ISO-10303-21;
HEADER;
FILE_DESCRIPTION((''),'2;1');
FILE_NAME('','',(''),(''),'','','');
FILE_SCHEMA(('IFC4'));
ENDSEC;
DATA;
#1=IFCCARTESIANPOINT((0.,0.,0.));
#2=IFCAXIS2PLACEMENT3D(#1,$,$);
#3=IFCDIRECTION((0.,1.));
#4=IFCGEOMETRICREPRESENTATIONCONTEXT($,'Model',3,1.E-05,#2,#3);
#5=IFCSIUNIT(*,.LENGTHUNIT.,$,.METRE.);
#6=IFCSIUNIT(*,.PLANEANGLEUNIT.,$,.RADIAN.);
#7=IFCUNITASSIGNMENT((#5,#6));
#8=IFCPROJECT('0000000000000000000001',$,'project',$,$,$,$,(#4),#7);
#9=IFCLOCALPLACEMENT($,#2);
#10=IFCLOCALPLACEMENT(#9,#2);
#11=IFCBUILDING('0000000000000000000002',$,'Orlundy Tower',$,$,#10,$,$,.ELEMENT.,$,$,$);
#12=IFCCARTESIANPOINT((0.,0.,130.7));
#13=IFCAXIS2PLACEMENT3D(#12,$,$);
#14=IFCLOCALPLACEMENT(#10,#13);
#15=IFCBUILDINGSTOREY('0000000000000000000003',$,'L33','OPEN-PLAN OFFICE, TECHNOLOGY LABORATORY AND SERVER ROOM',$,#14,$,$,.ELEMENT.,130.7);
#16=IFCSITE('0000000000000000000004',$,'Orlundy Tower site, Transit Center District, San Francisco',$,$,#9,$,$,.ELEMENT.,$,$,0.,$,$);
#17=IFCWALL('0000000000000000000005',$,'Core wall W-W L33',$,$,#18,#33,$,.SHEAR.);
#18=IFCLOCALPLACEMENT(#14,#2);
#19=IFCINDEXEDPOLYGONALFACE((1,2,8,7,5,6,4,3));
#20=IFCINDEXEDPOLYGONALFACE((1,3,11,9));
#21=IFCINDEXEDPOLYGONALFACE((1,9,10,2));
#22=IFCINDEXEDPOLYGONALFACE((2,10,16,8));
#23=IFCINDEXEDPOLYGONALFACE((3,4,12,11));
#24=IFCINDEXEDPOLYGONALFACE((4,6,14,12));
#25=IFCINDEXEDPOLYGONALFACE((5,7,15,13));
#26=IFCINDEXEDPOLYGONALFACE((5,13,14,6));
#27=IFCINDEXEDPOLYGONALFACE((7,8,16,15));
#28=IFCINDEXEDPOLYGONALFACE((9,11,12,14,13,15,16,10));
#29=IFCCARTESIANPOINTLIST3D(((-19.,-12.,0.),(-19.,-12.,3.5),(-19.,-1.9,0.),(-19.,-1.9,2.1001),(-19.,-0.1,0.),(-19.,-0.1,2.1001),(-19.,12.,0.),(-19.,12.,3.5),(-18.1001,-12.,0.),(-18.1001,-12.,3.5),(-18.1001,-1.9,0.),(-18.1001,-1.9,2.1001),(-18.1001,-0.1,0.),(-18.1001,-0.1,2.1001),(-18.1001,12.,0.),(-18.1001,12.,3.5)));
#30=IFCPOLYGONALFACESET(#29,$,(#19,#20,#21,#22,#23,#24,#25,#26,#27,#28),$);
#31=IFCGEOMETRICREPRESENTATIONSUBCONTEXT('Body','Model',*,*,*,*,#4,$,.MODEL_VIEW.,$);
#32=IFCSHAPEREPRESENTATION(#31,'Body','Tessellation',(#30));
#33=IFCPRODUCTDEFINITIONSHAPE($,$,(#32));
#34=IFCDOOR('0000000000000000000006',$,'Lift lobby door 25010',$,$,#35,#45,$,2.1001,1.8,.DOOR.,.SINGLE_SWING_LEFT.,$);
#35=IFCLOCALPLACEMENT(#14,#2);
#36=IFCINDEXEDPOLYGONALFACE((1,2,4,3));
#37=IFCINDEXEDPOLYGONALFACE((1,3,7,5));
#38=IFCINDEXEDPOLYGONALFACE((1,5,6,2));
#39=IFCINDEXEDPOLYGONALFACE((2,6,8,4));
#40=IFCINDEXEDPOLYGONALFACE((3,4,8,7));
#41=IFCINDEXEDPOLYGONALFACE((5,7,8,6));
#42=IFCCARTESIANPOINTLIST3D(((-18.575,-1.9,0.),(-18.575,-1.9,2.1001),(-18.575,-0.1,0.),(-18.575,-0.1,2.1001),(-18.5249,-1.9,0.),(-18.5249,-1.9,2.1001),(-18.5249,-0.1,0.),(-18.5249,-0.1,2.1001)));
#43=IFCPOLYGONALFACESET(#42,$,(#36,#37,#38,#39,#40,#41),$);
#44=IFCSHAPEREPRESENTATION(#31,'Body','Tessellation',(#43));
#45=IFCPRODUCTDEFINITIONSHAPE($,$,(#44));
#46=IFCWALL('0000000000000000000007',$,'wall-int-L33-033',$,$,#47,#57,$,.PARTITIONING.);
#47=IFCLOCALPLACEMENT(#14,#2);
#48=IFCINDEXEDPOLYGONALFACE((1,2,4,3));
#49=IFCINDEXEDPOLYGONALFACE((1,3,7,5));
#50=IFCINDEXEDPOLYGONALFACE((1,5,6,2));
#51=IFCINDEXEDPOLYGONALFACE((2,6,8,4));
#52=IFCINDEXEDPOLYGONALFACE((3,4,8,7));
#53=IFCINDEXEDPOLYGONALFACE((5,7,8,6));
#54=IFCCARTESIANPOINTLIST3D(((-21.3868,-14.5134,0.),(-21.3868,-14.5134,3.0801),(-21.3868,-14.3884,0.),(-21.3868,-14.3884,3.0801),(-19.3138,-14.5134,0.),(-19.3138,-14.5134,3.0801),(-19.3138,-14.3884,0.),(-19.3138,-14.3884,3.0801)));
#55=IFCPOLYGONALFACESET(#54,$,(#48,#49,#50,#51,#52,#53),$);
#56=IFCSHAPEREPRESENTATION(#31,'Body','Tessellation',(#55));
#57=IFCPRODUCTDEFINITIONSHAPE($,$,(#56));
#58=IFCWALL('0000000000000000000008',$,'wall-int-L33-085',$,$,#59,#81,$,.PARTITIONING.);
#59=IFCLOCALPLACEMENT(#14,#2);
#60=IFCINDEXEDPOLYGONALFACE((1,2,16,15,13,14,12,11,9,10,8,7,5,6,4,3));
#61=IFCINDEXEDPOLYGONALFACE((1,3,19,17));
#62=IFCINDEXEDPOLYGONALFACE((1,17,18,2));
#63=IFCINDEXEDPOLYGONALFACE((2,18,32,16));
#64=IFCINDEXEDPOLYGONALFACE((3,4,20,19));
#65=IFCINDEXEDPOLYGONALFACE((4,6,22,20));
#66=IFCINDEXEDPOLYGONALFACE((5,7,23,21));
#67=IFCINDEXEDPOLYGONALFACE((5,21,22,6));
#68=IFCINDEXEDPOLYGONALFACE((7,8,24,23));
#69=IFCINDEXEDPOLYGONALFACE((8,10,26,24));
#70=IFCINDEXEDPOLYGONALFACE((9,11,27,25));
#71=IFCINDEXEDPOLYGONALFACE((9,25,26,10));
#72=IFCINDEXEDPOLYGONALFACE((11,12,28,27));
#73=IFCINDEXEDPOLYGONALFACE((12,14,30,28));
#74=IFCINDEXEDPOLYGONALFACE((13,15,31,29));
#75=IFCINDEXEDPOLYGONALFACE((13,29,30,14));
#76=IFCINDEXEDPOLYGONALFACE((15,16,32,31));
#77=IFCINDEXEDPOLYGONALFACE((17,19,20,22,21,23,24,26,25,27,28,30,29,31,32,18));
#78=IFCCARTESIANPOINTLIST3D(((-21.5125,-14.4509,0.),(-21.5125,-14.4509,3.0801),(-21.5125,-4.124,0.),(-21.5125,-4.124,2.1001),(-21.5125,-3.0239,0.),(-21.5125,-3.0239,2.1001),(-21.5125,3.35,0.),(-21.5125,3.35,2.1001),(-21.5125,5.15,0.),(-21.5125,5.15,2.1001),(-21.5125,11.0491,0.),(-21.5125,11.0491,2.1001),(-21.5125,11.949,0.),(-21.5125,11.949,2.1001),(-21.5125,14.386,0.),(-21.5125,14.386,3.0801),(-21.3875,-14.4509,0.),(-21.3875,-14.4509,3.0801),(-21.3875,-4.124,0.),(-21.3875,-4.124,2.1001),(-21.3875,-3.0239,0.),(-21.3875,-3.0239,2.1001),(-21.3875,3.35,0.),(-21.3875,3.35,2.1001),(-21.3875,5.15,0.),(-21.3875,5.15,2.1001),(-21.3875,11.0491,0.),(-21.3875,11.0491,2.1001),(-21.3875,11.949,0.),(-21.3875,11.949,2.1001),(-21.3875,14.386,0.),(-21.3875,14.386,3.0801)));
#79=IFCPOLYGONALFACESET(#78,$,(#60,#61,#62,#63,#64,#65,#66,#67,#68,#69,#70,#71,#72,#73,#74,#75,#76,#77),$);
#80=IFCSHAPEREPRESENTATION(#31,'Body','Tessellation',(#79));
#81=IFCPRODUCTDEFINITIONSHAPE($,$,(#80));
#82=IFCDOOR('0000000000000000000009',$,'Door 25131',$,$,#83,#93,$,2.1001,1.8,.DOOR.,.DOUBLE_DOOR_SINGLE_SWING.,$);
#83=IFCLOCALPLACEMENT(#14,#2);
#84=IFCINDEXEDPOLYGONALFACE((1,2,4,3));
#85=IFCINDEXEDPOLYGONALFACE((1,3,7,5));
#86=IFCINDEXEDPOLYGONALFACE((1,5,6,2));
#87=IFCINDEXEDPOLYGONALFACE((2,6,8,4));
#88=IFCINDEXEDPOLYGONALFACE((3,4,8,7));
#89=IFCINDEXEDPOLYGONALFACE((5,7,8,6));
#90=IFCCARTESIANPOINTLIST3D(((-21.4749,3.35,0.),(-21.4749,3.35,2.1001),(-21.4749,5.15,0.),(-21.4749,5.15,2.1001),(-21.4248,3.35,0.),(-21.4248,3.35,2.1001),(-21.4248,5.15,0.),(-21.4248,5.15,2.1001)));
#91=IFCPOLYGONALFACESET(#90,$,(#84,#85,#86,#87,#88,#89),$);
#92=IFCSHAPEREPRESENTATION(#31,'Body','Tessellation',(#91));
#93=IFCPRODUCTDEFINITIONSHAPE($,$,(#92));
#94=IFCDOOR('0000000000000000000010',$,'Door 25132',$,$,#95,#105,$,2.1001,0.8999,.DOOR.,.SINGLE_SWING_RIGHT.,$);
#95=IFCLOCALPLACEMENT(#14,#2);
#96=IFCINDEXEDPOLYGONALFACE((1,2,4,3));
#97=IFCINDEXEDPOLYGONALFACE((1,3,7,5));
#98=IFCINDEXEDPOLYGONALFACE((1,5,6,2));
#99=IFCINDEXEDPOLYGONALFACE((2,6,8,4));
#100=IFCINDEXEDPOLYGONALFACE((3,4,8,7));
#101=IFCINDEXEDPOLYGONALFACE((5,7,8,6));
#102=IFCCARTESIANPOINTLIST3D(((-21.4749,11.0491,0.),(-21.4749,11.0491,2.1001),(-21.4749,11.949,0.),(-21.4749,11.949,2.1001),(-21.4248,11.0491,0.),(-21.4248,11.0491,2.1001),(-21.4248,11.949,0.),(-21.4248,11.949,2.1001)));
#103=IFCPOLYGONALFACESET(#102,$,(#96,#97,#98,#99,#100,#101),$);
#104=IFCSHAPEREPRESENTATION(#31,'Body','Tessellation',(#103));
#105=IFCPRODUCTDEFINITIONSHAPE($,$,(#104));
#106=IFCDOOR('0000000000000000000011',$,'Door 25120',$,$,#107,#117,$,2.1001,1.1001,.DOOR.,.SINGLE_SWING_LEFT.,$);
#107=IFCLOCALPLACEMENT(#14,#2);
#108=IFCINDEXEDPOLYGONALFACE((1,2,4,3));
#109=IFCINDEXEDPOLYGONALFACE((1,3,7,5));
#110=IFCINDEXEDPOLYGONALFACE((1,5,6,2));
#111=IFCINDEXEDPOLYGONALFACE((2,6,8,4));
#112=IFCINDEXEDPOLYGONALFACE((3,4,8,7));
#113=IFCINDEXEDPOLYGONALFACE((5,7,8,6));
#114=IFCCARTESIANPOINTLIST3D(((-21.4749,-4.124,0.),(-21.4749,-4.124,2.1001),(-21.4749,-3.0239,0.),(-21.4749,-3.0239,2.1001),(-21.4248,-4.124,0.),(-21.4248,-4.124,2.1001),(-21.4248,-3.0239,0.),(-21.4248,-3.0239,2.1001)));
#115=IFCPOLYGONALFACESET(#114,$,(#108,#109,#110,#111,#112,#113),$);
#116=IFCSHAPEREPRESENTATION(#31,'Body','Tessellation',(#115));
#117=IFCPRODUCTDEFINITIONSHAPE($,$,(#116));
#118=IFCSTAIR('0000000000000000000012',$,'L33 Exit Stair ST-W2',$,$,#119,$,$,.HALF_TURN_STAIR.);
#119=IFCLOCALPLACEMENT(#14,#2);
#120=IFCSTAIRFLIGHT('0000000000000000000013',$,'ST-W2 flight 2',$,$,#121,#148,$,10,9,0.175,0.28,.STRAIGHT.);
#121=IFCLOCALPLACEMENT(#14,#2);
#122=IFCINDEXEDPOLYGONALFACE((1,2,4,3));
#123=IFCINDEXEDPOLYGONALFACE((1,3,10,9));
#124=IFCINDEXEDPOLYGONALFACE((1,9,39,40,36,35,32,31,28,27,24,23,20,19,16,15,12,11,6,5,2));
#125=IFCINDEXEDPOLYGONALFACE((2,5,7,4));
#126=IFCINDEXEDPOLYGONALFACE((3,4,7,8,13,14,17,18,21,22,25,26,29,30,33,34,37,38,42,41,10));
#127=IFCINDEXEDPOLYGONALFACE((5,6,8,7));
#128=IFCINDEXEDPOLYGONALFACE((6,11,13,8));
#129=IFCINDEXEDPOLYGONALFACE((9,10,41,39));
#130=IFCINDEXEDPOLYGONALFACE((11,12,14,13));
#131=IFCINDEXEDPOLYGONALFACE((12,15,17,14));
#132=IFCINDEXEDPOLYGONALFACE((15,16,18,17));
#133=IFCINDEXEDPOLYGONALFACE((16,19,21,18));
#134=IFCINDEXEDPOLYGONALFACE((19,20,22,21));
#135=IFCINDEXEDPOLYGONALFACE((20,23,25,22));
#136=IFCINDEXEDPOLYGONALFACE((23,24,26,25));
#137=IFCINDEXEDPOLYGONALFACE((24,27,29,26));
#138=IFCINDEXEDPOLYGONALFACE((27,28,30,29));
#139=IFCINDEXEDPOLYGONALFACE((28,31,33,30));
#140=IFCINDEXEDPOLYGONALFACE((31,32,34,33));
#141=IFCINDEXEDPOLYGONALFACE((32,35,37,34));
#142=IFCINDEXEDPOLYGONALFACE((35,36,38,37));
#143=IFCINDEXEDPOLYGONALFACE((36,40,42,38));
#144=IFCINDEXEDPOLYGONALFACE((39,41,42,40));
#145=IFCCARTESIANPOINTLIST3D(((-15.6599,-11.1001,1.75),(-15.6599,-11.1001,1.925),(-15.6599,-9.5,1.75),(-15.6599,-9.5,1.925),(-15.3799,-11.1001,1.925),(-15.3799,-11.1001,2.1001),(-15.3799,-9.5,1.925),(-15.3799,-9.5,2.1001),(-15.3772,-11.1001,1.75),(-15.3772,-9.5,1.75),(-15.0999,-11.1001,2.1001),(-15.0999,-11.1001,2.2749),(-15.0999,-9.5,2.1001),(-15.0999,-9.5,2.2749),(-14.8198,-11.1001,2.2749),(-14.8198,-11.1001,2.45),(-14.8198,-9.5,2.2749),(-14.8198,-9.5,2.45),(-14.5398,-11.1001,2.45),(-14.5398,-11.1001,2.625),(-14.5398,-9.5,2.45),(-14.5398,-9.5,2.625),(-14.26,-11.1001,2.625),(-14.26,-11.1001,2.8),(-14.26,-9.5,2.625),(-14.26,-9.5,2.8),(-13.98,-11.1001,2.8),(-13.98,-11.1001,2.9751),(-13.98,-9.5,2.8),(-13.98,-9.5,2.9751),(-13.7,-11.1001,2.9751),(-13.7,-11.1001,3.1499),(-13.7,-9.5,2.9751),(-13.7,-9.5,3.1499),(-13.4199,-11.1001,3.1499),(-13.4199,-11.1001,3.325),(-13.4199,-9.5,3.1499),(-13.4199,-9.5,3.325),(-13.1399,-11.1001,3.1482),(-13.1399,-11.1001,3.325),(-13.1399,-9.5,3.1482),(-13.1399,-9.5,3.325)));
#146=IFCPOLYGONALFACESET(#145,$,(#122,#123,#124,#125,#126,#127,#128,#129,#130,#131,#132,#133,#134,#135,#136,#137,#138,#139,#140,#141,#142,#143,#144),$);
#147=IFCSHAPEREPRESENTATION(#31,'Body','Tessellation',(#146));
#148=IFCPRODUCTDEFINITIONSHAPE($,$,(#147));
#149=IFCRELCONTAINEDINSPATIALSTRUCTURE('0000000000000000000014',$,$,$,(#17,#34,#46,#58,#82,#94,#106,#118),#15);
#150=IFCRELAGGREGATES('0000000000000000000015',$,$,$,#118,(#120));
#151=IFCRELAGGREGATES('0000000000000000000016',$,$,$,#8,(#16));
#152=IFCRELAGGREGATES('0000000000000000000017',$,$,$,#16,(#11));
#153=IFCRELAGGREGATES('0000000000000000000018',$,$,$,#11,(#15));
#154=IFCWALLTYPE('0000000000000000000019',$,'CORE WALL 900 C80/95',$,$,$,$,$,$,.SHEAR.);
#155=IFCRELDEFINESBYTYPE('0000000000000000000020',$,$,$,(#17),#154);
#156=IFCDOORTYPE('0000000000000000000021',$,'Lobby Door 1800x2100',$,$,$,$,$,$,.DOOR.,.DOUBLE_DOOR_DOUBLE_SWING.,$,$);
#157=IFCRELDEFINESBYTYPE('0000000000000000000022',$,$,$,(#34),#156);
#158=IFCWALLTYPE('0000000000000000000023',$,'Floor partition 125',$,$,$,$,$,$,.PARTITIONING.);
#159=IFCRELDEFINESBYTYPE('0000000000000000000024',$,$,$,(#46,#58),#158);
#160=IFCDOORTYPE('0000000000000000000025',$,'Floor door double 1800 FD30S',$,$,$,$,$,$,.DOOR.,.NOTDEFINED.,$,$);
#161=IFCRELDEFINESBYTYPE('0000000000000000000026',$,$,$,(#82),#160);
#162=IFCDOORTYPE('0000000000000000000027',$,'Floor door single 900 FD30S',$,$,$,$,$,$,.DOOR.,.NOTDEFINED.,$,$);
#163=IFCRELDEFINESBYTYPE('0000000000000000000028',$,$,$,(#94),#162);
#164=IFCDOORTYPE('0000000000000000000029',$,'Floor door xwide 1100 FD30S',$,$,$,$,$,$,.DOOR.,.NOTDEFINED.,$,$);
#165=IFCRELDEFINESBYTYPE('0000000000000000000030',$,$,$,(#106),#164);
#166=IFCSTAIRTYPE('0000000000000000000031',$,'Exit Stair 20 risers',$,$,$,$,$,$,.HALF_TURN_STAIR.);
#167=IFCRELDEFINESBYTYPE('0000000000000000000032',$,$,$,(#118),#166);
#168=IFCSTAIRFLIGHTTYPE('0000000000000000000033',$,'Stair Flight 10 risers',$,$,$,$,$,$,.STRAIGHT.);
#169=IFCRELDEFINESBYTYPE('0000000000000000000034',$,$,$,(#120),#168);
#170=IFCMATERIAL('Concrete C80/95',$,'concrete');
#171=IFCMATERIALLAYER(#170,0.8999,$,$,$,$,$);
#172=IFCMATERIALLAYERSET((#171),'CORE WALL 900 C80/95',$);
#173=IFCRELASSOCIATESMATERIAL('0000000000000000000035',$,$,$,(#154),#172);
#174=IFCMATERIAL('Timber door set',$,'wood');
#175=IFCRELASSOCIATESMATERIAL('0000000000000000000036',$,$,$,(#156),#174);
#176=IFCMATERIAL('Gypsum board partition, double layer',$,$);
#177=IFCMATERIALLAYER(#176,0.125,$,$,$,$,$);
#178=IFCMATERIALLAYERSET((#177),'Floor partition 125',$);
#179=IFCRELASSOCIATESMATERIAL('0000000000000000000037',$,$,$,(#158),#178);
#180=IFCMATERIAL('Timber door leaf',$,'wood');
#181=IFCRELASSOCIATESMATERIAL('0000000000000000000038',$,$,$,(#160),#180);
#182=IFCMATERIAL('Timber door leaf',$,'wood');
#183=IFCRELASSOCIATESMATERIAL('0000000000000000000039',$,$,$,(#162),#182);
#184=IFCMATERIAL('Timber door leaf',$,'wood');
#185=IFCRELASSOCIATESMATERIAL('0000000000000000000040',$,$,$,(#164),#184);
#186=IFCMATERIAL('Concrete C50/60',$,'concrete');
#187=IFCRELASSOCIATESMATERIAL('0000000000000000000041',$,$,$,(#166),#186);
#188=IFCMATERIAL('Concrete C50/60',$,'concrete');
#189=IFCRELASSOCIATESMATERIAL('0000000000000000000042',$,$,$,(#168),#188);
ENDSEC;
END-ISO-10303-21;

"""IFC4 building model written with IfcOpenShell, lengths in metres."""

from ifc_helpers import new_model, si_unit, direction, frame, frame_2d, origin, place, context, subcontext, project, spatial, polyline, rectangle, outline, extrude, material, layer, layer_set, type_object, element, fill, aggregate, save


model = new_model("IFC4")

# Units and contexts
model_context = context("Model", 3, precision=1e-05, world=origin(), true_north=direction((0.0, 1.0)))
body_context = subcontext(model_context, "Body", "Model", "MODEL_VIEW")
ifc_project = project(units=[si_unit("LENGTHUNIT", "METRE"), si_unit("PLANEANGLEUNIT", "RADIAN")], contexts=[model_context])

# Site, building, storey
site_placement = place(None, origin())
site = spatial("IfcSite", under=ifc_project, at=site_placement, Name="Orlundy Tower site, Transit Center District, San Francisco", CompositionType="ELEMENT", RefElevation=0.0)
building_placement = place(site_placement, origin())
building = spatial("IfcBuilding", under=site, at=building_placement, Name="Orlundy Tower", CompositionType="ELEMENT")
storey_placement = place(building_placement, frame((0.0, 0.0, 130.7)))
storey = spatial("IfcBuildingStorey", under=building, at=storey_placement, Name="L33", Description="OPEN-PLAN OFFICE, TECHNOLOGY LABORATORY AND SERVER ROOM", CompositionType="ELEMENT", Elevation=130.7)

# Shared definitions
ifc_material_1 = material(Name="Concrete C80/95", Category="concrete")
ifc_layer_1 = layer(ifc_material_1, 0.8999)
ifc_layer_set_1 = layer_set([ifc_layer_1], Name="CORE WALL 900 C80/95")
wall_type_1 = type_object("IfcWallType", Name="CORE WALL 900 C80/95", PredefinedType="SHEAR", material=ifc_layer_set_1)

# Wall, opening, door
wall_1_placement = place(storey_placement, frame((-18.55, -12.0, 0.0), z_axis=(0.0, 0.0, 1.0), x_axis=(0.0, 1.0, 0.0)))
wall_1 = element("IfcWall", 1, at=wall_1_placement, inside=storey, type_object=wall_type_1, Name="Core wall W-W L33", PredefinedType="SHEAR", context=body_context, shape_type="SweptSolid", body=[
    extrude(rectangle(XDim=24.0, YDim=0.8999, at=frame_2d((12.0, 0.0))), origin(), (0.0, 0.0, 1.0), 3.5),
])
opening_1_placement = place(wall_1_placement, frame((10.1001, 0.0, 0.0)))
opening_1 = element("IfcOpeningElement", 2, at=opening_1_placement, cuts=wall_1, PredefinedType="OPENING", context=body_context, shape_type="SweptSolid", body=[
    extrude(rectangle(XDim=1.8, YDim=2.1001, at=frame_2d((0.8999, 1.05))), frame((0.0, 0.46, 0.0), z_axis=(0.0, -1.0, 0.0), x_axis=(1.0, 0.0, 0.0)), (0.0, 0.0, 1.0), 0.9199),
])
ifc_material_2 = material(Name="Timber door set", Category="wood")
door_type_1 = type_object("IfcDoorType", Name="Lobby Door 1800x2100", OperationType="DOUBLE_DOOR_DOUBLE_SWING", PredefinedType="DOOR", material=ifc_material_2)
door_1_placement = place(opening_1_placement, origin())
door_1 = element("IfcDoor", 3, at=door_1_placement, inside=storey, type_object=door_type_1, Name="Lift lobby door 25010", OperationType="SINGLE_SWING_LEFT", OverallHeight=2.1001, OverallWidth=1.8, PredefinedType="DOOR", context=body_context, shape_type="SweptSolid", body=[
    extrude(rectangle(XDim=1.8, YDim=2.1001, at=frame_2d((0.8999, 1.05))), frame((0.0, 0.0249, 0.0), z_axis=(0.0, -1.0, 0.0), x_axis=(1.0, 0.0, 0.0)), (0.0, 0.0, 1.0), 0.05),
])
fill(opening_1, door_1)

# Wall
ifc_material_3 = material(Name="Gypsum board partition, double layer")
ifc_layer_2 = layer(ifc_material_3, 0.125)
ifc_layer_set_2 = layer_set([ifc_layer_2], Name="Floor partition 125")
wall_type_2 = type_object("IfcWallType", Name="Floor partition 125", PredefinedType="PARTITIONING", material=ifc_layer_set_2)
wall_2_placement = place(storey_placement, frame((-21.387, -14.4509, 0.0), z_axis=(0.0, 0.0, 1.0), x_axis=(1.0, 0.0, 0.0)))
element("IfcWall", 4, at=wall_2_placement, inside=storey, type_object=wall_type_2, Name="wall-int-L33-033", PredefinedType="PARTITIONING", context=body_context, shape_type="SweptSolid", body=[
    extrude(rectangle(XDim=2.073, YDim=0.125, at=frame_2d((1.0366, 0.0))), origin(), (0.0, 0.0, 1.0), 3.0801),
])

# Wall, openings, doors
wall_3_placement = place(storey_placement, frame((-21.45, -14.4509, 0.0), z_axis=(0.0, 0.0, 1.0), x_axis=(0.0, 1.0, 0.0)))
wall_3 = element("IfcWall", 5, at=wall_3_placement, inside=storey, type_object=wall_type_2, Name="wall-int-L33-085", PredefinedType="PARTITIONING", context=body_context, shape_type="SweptSolid", body=[
    extrude(rectangle(XDim=28.8369, YDim=0.125, at=frame_2d((14.4185, 0.0))), origin(), (0.0, 0.0, 1.0), 3.0801),
])
opening_2_placement = place(wall_3_placement, frame((10.3269, 0.0, 0.0)))
opening_2 = element("IfcOpeningElement", 6, at=opening_2_placement, cuts=wall_3, PredefinedType="OPENING", context=body_context, shape_type="SweptSolid", body=[
    extrude(rectangle(XDim=1.1001, YDim=2.1001, at=frame_2d((0.55, 1.05))), frame((0.0, 0.0725, 0.0), z_axis=(0.0, -1.0, 0.0), x_axis=(1.0, 0.0, 0.0)), (0.0, 0.0, 1.0), 0.145),
])
opening_3_placement = place(wall_3_placement, frame((17.801, 0.0, 0.0)))
opening_3 = element("IfcOpeningElement", 7, at=opening_3_placement, cuts=wall_3, PredefinedType="OPENING", context=body_context, shape_type="SweptSolid", body=[
    extrude(rectangle(XDim=1.8, YDim=2.1001, at=frame_2d((0.8999, 1.05))), frame((0.0, 0.0725, 0.0), z_axis=(0.0, -1.0, 0.0), x_axis=(1.0, 0.0, 0.0)), (0.0, 0.0, 1.0), 0.145),
])
opening_4_placement = place(wall_3_placement, frame((25.5, 0.0, 0.0)))
opening_4 = element("IfcOpeningElement", 8, at=opening_4_placement, cuts=wall_3, PredefinedType="OPENING", context=body_context, shape_type="SweptSolid", body=[
    extrude(rectangle(XDim=0.8999, YDim=2.1001, at=frame_2d((0.45, 1.05))), frame((0.0, 0.0725, 0.0), z_axis=(0.0, -1.0, 0.0), x_axis=(1.0, 0.0, 0.0)), (0.0, 0.0, 1.0), 0.145),
])
ifc_material_4 = material(Name="Timber door leaf", Category="wood")
door_type_2 = type_object("IfcDoorType", Name="Floor door double 1800 FD30S", OperationType="NOTDEFINED", PredefinedType="DOOR", material=ifc_material_4)
door_2_placement = place(opening_3_placement, origin())
door_2 = element("IfcDoor", 9, at=door_2_placement, inside=storey, type_object=door_type_2, Name="Door 25131", OperationType="DOUBLE_DOOR_SINGLE_SWING", OverallHeight=2.1001, OverallWidth=1.8, PredefinedType="DOOR", context=body_context, shape_type="SweptSolid", body=[
    extrude(rectangle(XDim=1.8, YDim=2.1001, at=frame_2d((0.8999, 1.05))), frame((0.0, 0.0249, 0.0), z_axis=(0.0, -1.0, 0.0), x_axis=(1.0, 0.0, 0.0)), (0.0, 0.0, 1.0), 0.05),
])
fill(opening_3, door_2)
ifc_material_5 = material(Name="Timber door leaf", Category="wood")
door_type_3 = type_object("IfcDoorType", Name="Floor door single 900 FD30S", OperationType="NOTDEFINED", PredefinedType="DOOR", material=ifc_material_5)
door_3_placement = place(opening_4_placement, origin())
door_3 = element("IfcDoor", 10, at=door_3_placement, inside=storey, type_object=door_type_3, Name="Door 25132", OperationType="SINGLE_SWING_RIGHT", OverallHeight=2.1001, OverallWidth=0.8999, PredefinedType="DOOR", context=body_context, shape_type="SweptSolid", body=[
    extrude(rectangle(XDim=0.8999, YDim=2.1001, at=frame_2d((0.45, 1.05))), frame((0.0, 0.0249, 0.0), z_axis=(0.0, -1.0, 0.0), x_axis=(1.0, 0.0, 0.0)), (0.0, 0.0, 1.0), 0.05),
])
fill(opening_4, door_3)
ifc_material_6 = material(Name="Timber door leaf", Category="wood")
door_type_4 = type_object("IfcDoorType", Name="Floor door xwide 1100 FD30S", OperationType="NOTDEFINED", PredefinedType="DOOR", material=ifc_material_6)
door_4_placement = place(opening_2_placement, origin())
door_4 = element("IfcDoor", 11, at=door_4_placement, inside=storey, type_object=door_type_4, Name="Door 25120", OperationType="SINGLE_SWING_LEFT", OverallHeight=2.1001, OverallWidth=1.1001, PredefinedType="DOOR", context=body_context, shape_type="SweptSolid", body=[
    extrude(rectangle(XDim=1.1001, YDim=2.1001, at=frame_2d((0.55, 1.05))), frame((0.0, 0.0249, 0.0), z_axis=(0.0, -1.0, 0.0), x_axis=(1.0, 0.0, 0.0)), (0.0, 0.0, 1.0), 0.05),
])
fill(opening_2, door_4)

# Stair, stair flight
ifc_material_7 = material(Name="Concrete C50/60", Category="concrete")
stair_type = type_object("IfcStairType", Name="Exit Stair 20 risers", PredefinedType="HALF_TURN_STAIR", material=ifc_material_7)
stair_placement = place(storey_placement, origin())
stair = element("IfcStair", 12, at=stair_placement, inside=storey, type_object=stair_type, Name="L33 Exit Stair ST-W2", PredefinedType="HALF_TURN_STAIR")
ifc_material_8 = material(Name="Concrete C50/60", Category="concrete")
stair_flight_type = type_object("IfcStairFlightType", Name="Stair Flight 10 risers", PredefinedType="STRAIGHT", material=ifc_material_8)
stair_flight_placement = place(storey_placement, frame((-15.6599, -10.3, 1.75), z_axis=(0.0, 0.0, 1.0), x_axis=(1.0, 0.0, 0.0)))
stair_flight = element("IfcStairFlight", 13, at=stair_flight_placement, type_object=stair_flight_type, Name="ST-W2 flight 2", NumberOfRisers=10, NumberOfTreads=9, PredefinedType="STRAIGHT", RiserHeight=0.175, TreadLength=0.28, context=body_context, shape_type="SweptSolid", body=[
    extrude(outline(polyline([(0.0, 0.0), (0.0, 0.175), (0.28, 0.175), (0.28, 0.3501), (0.5601, 0.3501), (0.5601, 0.5249), (0.8401, 0.5249), (0.8401, 0.7), (1.1201, 0.7), (1.1201, 0.875), (1.3999, 0.875), (1.3999, 1.05), (1.6799, 1.05), (1.6799, 1.2251), (1.96, 1.2251), (1.96, 1.3999), (2.24, 1.3999), (2.24, 1.575), (2.52, 1.575), (2.52, 1.75), (2.52, 1.3982), (0.2827, 0.0), (0.0, 0.0)])), frame((0.0, 0.8, 0.0), z_axis=(0.0, -1.0, 0.0), x_axis=(1.0, 0.0, 0.0)), (0.0, 0.0, 1.0), 1.6001),
])
aggregate(stair, [stair_flight])

save(model, "model.ifc")
